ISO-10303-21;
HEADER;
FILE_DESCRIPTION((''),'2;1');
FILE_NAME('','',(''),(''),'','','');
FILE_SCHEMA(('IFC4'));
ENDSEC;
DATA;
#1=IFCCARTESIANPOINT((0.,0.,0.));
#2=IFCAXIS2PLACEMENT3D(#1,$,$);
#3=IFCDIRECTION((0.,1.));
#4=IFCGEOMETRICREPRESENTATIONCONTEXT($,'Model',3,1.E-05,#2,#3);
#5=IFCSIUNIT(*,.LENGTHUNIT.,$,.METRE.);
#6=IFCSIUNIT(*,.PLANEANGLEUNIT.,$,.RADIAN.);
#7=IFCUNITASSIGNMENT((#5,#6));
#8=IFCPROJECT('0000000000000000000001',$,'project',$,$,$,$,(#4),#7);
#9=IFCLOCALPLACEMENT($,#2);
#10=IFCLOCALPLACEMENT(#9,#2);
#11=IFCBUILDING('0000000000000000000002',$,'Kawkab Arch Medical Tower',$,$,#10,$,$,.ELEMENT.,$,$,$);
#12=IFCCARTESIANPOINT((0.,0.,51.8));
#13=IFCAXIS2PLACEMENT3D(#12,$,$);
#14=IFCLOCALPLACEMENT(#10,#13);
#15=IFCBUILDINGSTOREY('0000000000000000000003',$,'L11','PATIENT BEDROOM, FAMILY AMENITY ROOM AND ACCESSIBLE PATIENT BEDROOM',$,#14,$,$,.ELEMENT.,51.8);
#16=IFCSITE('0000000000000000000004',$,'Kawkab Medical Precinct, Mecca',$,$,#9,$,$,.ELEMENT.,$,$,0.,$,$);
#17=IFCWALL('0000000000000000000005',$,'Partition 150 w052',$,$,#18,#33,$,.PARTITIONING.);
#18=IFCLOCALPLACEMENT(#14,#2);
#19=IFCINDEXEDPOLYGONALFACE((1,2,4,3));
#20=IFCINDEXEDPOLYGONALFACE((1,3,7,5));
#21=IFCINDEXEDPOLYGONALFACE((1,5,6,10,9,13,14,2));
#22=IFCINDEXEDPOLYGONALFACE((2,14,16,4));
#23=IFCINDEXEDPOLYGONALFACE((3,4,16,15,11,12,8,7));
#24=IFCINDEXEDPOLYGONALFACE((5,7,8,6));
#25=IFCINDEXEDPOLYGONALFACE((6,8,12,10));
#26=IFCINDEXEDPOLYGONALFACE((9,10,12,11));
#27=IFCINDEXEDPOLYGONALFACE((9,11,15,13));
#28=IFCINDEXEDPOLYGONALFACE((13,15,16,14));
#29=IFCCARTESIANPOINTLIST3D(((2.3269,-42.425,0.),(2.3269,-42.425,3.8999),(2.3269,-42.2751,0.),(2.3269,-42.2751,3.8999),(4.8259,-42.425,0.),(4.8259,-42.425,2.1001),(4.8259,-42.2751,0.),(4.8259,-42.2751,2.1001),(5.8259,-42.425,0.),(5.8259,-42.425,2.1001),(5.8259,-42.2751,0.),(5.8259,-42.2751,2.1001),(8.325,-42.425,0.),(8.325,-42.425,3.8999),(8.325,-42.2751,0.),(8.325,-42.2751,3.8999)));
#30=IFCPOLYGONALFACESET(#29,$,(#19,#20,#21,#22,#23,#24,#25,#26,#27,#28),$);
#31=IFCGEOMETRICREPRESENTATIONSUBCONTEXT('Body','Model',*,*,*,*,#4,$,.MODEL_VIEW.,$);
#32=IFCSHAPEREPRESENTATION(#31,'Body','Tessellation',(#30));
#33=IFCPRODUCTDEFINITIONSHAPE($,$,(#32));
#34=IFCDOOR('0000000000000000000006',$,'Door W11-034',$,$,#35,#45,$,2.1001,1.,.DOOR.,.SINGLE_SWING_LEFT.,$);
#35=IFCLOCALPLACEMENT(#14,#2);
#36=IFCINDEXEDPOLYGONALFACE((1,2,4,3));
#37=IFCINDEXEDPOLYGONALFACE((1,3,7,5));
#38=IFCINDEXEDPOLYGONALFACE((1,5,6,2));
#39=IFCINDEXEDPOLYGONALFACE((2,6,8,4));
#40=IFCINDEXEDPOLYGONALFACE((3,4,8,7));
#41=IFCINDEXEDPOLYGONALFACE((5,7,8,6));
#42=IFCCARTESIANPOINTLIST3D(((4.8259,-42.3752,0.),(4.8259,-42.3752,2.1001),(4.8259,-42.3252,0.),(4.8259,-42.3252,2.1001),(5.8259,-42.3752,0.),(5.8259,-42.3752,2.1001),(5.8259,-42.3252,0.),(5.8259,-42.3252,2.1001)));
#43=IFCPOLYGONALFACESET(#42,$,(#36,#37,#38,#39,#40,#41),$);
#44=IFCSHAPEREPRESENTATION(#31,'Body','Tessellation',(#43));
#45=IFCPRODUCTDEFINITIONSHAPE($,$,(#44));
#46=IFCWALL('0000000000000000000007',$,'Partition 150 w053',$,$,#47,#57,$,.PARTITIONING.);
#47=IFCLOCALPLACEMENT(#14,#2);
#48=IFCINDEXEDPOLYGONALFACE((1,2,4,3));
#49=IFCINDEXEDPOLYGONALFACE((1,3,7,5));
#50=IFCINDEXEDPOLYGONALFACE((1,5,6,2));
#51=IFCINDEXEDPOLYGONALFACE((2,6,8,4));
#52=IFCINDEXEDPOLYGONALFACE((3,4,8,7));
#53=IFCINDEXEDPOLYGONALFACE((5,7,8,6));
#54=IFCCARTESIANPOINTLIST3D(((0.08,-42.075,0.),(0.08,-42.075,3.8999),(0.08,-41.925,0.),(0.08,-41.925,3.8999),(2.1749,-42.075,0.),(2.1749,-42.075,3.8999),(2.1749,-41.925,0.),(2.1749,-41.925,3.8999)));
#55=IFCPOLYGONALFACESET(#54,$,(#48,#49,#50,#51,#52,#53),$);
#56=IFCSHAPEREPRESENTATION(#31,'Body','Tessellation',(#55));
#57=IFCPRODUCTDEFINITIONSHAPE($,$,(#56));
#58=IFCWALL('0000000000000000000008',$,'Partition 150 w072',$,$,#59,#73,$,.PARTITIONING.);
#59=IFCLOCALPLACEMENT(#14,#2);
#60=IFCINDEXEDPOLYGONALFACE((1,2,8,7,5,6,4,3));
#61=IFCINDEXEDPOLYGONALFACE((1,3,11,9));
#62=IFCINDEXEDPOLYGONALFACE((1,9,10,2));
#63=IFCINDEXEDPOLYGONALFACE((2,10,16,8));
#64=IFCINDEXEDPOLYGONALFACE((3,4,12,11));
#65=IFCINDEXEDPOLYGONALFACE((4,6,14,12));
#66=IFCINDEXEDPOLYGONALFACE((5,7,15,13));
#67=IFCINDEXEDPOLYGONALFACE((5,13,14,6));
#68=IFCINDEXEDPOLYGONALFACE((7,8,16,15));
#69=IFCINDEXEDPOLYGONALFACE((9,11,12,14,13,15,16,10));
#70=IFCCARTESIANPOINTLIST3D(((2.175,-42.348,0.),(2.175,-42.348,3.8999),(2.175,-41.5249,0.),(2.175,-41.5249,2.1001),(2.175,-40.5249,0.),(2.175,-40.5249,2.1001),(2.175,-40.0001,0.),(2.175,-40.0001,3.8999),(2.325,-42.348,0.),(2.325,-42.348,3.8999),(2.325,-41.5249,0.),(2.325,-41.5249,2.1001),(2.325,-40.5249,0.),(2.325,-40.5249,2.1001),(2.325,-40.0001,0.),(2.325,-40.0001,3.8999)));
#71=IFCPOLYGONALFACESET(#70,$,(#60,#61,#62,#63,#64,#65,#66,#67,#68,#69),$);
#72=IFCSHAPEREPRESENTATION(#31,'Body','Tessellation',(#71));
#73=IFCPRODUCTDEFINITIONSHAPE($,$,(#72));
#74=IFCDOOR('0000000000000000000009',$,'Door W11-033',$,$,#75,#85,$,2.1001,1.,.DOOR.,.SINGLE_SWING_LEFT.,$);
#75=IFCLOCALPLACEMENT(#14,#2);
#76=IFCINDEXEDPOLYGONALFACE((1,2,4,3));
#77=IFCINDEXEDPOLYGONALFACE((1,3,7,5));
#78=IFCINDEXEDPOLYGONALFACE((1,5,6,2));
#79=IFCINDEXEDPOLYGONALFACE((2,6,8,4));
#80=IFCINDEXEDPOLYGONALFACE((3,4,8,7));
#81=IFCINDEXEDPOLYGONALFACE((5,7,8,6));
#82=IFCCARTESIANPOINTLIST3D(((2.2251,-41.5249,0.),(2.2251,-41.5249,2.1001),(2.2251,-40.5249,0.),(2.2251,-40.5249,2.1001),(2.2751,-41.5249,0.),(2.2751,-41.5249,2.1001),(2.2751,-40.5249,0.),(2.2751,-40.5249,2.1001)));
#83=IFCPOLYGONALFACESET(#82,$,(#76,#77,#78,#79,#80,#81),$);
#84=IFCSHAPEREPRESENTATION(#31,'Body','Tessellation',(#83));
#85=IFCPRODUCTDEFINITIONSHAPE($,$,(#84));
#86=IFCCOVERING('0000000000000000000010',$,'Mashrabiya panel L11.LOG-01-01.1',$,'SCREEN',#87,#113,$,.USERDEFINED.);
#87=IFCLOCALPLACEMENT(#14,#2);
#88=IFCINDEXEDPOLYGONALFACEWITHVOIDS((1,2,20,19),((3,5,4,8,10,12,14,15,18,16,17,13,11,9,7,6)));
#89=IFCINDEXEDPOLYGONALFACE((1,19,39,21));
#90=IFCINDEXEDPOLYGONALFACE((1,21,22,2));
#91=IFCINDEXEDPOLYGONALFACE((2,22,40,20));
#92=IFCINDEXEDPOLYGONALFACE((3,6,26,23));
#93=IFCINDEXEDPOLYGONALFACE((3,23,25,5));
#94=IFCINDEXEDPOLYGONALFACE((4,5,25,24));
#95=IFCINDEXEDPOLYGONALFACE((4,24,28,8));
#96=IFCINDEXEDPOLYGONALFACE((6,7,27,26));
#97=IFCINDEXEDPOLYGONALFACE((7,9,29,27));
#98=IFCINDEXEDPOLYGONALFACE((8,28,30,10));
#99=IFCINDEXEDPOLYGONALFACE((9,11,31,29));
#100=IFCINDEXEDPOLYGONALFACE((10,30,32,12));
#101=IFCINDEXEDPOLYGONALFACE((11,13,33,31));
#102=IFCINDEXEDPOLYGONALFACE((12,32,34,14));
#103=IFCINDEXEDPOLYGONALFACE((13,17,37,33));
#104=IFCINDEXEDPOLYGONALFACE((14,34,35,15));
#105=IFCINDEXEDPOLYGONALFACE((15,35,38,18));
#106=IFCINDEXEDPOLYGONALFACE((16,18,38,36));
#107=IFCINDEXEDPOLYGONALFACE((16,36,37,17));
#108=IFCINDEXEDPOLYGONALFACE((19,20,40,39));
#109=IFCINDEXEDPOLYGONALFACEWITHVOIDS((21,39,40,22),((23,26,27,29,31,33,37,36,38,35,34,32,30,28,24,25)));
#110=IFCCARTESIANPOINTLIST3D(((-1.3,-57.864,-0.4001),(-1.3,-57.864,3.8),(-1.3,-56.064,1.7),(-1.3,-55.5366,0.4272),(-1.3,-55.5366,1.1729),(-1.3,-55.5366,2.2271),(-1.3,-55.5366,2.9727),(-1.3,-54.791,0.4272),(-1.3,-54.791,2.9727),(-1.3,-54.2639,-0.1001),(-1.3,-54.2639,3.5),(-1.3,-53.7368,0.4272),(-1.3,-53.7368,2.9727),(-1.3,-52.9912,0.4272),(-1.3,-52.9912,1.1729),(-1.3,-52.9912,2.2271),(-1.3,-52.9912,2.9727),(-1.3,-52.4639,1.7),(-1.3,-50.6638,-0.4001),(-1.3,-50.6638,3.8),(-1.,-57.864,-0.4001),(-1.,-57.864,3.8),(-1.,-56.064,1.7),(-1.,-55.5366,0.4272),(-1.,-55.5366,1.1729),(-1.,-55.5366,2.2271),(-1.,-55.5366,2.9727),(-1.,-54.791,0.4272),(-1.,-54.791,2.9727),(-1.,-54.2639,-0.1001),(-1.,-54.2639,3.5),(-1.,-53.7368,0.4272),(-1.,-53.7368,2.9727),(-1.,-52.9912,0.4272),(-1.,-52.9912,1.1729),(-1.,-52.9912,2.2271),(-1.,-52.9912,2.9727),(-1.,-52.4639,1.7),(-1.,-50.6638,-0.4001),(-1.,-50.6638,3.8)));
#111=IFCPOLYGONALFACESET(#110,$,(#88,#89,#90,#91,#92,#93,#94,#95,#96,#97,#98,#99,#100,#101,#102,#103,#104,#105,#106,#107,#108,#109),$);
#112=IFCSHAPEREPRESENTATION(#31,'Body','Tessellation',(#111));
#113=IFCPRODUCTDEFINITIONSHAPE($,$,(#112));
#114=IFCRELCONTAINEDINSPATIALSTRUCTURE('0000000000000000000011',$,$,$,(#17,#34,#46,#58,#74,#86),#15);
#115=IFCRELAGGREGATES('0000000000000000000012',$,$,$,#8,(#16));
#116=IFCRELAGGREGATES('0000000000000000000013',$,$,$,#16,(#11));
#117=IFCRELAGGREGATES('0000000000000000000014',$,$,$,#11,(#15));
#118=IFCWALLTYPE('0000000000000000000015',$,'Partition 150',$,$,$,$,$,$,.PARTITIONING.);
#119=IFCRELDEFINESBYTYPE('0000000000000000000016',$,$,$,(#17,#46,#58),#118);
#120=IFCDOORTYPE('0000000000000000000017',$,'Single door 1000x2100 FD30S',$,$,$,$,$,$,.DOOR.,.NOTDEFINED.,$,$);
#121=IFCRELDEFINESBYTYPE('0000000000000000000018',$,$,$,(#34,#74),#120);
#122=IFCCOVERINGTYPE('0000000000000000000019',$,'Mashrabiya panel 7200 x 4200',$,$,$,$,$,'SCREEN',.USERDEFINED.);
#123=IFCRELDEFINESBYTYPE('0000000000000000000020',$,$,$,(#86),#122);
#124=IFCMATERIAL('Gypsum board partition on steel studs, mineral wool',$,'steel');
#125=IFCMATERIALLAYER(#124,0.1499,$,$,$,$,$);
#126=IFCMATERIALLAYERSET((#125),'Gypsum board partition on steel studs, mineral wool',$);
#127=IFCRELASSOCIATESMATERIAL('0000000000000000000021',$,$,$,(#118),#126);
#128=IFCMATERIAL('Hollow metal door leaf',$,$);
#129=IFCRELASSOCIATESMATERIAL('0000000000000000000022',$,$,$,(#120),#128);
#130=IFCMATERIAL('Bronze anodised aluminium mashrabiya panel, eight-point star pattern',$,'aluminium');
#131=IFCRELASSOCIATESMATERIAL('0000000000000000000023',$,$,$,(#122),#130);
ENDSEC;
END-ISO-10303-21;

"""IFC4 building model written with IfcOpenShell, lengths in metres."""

from ifc_helpers import new_model, si_unit, direction, frame, frame_2d, origin, place, context, subcontext, project, spatial, polyline, rectangle, outline, extrude, material, layer, layer_set, material_profile, profile_set, type_object, element, fill, save


model = new_model("IFC4")

# Units and contexts
model_context = context("Model", 3, precision=1e-05, world=origin(), true_north=direction((0.0, 1.0)))
body_context = subcontext(model_context, "Body", "Model", "MODEL_VIEW")
ifc_project = project(units=[si_unit("LENGTHUNIT", "METRE"), si_unit("PLANEANGLEUNIT", "RADIAN")], contexts=[model_context])

# Site, building, storey
site_placement = place(None, origin())
site = spatial("IfcSite", under=ifc_project, at=site_placement, Name="Kawkab Medical Precinct, Mecca", CompositionType="ELEMENT", RefElevation=0.0)
building_placement = place(site_placement, origin())
building = spatial("IfcBuilding", under=site, at=building_placement, Name="Kawkab Arch Medical Tower", CompositionType="ELEMENT")
storey_placement = place(building_placement, frame((0.0, 0.0, 51.8)))
storey = spatial("IfcBuildingStorey", under=building, at=storey_placement, Name="L11", Description="PATIENT BEDROOM, FAMILY AMENITY ROOM AND ACCESSIBLE PATIENT BEDROOM", CompositionType="ELEMENT", Elevation=51.8)

# Shared definitions
ifc_material_1 = material(Name="Gypsum board partition on steel studs, mineral wool", Category="steel")
ifc_layer_1 = layer(ifc_material_1, 0.1499)
ifc_layer_set_1 = layer_set([ifc_layer_1], Name="Gypsum board partition on steel studs, mineral wool")
wall_type_1 = type_object("IfcWallType", Name="Partition 150", PredefinedType="PARTITIONING", material=ifc_layer_set_1)

# Wall, opening, door
wall_1_placement = place(storey_placement, frame((2.3269, -42.3501, 0.0), z_axis=(0.0, 0.0, 1.0), x_axis=(1.0, 0.0, 0.0)))
wall_1 = element("IfcWall", 1, at=wall_1_placement, inside=storey, type_object=wall_type_1, Name="Partition 150 w052", PredefinedType="PARTITIONING", context=body_context, shape_type="SweptSolid", body=[
    extrude(rectangle(XDim=5.998, YDim=0.1499, at=frame_2d((2.999, 0.0))), origin(), (0.0, 0.0, 1.0), 3.8999),
])
opening_1_placement = place(wall_1_placement, frame((2.499, 0.0, 0.0)))
opening_1 = element("IfcOpeningElement", 2, at=opening_1_placement, cuts=wall_1, PredefinedType="OPENING", context=body_context, shape_type="SweptSolid", body=[
    extrude(rectangle(XDim=1.0, YDim=2.1001, at=frame_2d((0.5, 1.05))), frame((0.0, 0.085, 0.0), z_axis=(0.0, -1.0, 0.0), x_axis=(1.0, 0.0, 0.0)), (0.0, 0.0, 1.0), 0.1699),
])
ifc_material_2 = material(Name="Hollow metal door leaf")
door_type_1 = type_object("IfcDoorType", Name="Single door 1000x2100 FD30S", OperationType="NOTDEFINED", PredefinedType="DOOR", material=ifc_material_2)
door_1_placement = place(opening_1_placement, origin())
door_1 = element("IfcDoor", 3, at=door_1_placement, inside=storey, type_object=door_type_1, Name="Door W11-034", OperationType="SINGLE_SWING_LEFT", OverallHeight=2.1001, OverallWidth=1.0, PredefinedType="DOOR", context=body_context, shape_type="SweptSolid", body=[
    extrude(rectangle(XDim=1.0, YDim=2.1001, at=frame_2d((0.5, 1.05))), frame((0.0, 0.0249, 0.0), z_axis=(0.0, -1.0, 0.0), x_axis=(1.0, 0.0, 0.0)), (0.0, 0.0, 1.0), 0.05),
])
fill(opening_1, door_1)

# Wall
wall_2_placement = place(storey_placement, frame((0.0801, -42.0, 0.0), z_axis=(0.0, 0.0, 1.0), x_axis=(1.0, 0.0, 0.0)))
element("IfcWall", 4, at=wall_2_placement, inside=storey, type_object=wall_type_1, Name="Partition 150 w053", PredefinedType="PARTITIONING", context=body_context, shape_type="SweptSolid", body=[
    extrude(rectangle(XDim=2.095, YDim=0.1499, at=frame_2d((1.0474, 0.0))), origin(), (0.0, 0.0, 1.0), 3.8999),
])

# Wall, opening, door
wall_3_placement = place(storey_placement, frame((2.25, -42.3479, 0.0), z_axis=(0.0, 0.0, 1.0), x_axis=(0.0, 1.0, 0.0)))
wall_3 = element("IfcWall", 5, at=wall_3_placement, inside=storey, type_object=wall_type_1, Name="Partition 150 w072", PredefinedType="PARTITIONING", context=body_context, shape_type="SweptSolid", body=[
    extrude(rectangle(XDim=2.3479, YDim=0.1499, at=frame_2d((1.1738, 0.0))), origin(), (0.0, 0.0, 1.0), 3.8999),
])
opening_2_placement = place(wall_3_placement, frame((0.823, 0.0, 0.0)))
opening_2 = element("IfcOpeningElement", 6, at=opening_2_placement, cuts=wall_3, PredefinedType="OPENING", context=body_context, shape_type="SweptSolid", body=[
    extrude(rectangle(XDim=1.0, YDim=2.1001, at=frame_2d((0.5, 1.05))), frame((0.0, 0.085, 0.0), z_axis=(0.0, -1.0, 0.0), x_axis=(1.0, 0.0, 0.0)), (0.0, 0.0, 1.0), 0.1699),
])
door_2_placement = place(opening_2_placement, origin())
door_2 = element("IfcDoor", 7, at=door_2_placement, inside=storey, type_object=door_type_1, Name="Door W11-033", OperationType="SINGLE_SWING_LEFT", OverallHeight=2.1001, OverallWidth=1.0, PredefinedType="DOOR", context=body_context, shape_type="SweptSolid", body=[
    extrude(rectangle(XDim=1.0, YDim=2.1001, at=frame_2d((0.5, 1.05))), frame((0.0, 0.0249, 0.0), z_axis=(0.0, -1.0, 0.0), x_axis=(1.0, 0.0, 0.0)), (0.0, 0.0, 1.0), 0.05),
])
fill(opening_2, door_2)

# Covering
ifc_material_3 = material(Name="Bronze anodised aluminium mashrabiya panel, eight-point star pattern", Category="aluminium")
ifc_material_profile_1 = material_profile(ifc_material_3, outline(polyline([(-3.6001, -2.1001), (3.6001, -2.1001), (3.6001, 2.1001), (-3.6001, 2.1001), (-3.6001, -2.1001)]), holes=[polyline([(1.8, 0.0), (1.2727, 0.5271), (1.2727, 1.2727), (0.5271, 1.2727), (0.0, 1.8), (-0.5271, 1.2727), (-1.2727, 1.2727), (-1.2727, 0.5271), (-1.8, 0.0), (-1.2727, -0.5271), (-1.2727, -1.2727), (-0.5271, -1.2727), (0.0, -1.8), (0.5271, -1.2727), (1.2727, -1.2727), (1.2727, -0.5271), (1.8, 0.0)])]), Name="Mashrabiya panel 7200x4200")
ifc_profile_set_1 = profile_set([ifc_material_profile_1], Name="Bronze anodised aluminium mashrabiya panel, eight-point star pattern")
covering_type = type_object("IfcCoveringType", Name="Mashrabiya panel 7200 x 4200", ElementType="SCREEN", PredefinedType="USERDEFINED", material=ifc_profile_set_1)
covering_placement = place(storey_placement, frame((-1.0, -54.2639, 1.7), z_axis=(-1.0, 0.0, 0.0), x_axis=(0.0, -1.0, 0.0)))
element("IfcCovering", 8, at=covering_placement, inside=storey, type_object=covering_type, Name="Mashrabiya panel L11.LOG-01-01.1", ObjectType="SCREEN", PredefinedType="USERDEFINED", context=body_context, shape_type="SweptSolid", body=[
    extrude(outline(polyline([(-3.6001, -2.1001), (3.6001, -2.1001), (3.6001, 2.1001), (-3.6001, 2.1001), (-3.6001, -2.1001)]), holes=[polyline([(1.8, 0.0), (1.2727, 0.5271), (1.2727, 1.2727), (0.5271, 1.2727), (0.0, 1.8), (-0.5271, 1.2727), (-1.2727, 1.2727), (-1.2727, 0.5271), (-1.8, 0.0), (-1.2727, -0.5271), (-1.2727, -1.2727), (-0.5271, -1.2727), (0.0, -1.8), (0.5271, -1.2727), (1.2727, -1.2727), (1.2727, -0.5271), (1.8, 0.0)])]), origin(), (0.0, 0.0, 1.0), 0.3),
])

save(model, "model.ifc")
